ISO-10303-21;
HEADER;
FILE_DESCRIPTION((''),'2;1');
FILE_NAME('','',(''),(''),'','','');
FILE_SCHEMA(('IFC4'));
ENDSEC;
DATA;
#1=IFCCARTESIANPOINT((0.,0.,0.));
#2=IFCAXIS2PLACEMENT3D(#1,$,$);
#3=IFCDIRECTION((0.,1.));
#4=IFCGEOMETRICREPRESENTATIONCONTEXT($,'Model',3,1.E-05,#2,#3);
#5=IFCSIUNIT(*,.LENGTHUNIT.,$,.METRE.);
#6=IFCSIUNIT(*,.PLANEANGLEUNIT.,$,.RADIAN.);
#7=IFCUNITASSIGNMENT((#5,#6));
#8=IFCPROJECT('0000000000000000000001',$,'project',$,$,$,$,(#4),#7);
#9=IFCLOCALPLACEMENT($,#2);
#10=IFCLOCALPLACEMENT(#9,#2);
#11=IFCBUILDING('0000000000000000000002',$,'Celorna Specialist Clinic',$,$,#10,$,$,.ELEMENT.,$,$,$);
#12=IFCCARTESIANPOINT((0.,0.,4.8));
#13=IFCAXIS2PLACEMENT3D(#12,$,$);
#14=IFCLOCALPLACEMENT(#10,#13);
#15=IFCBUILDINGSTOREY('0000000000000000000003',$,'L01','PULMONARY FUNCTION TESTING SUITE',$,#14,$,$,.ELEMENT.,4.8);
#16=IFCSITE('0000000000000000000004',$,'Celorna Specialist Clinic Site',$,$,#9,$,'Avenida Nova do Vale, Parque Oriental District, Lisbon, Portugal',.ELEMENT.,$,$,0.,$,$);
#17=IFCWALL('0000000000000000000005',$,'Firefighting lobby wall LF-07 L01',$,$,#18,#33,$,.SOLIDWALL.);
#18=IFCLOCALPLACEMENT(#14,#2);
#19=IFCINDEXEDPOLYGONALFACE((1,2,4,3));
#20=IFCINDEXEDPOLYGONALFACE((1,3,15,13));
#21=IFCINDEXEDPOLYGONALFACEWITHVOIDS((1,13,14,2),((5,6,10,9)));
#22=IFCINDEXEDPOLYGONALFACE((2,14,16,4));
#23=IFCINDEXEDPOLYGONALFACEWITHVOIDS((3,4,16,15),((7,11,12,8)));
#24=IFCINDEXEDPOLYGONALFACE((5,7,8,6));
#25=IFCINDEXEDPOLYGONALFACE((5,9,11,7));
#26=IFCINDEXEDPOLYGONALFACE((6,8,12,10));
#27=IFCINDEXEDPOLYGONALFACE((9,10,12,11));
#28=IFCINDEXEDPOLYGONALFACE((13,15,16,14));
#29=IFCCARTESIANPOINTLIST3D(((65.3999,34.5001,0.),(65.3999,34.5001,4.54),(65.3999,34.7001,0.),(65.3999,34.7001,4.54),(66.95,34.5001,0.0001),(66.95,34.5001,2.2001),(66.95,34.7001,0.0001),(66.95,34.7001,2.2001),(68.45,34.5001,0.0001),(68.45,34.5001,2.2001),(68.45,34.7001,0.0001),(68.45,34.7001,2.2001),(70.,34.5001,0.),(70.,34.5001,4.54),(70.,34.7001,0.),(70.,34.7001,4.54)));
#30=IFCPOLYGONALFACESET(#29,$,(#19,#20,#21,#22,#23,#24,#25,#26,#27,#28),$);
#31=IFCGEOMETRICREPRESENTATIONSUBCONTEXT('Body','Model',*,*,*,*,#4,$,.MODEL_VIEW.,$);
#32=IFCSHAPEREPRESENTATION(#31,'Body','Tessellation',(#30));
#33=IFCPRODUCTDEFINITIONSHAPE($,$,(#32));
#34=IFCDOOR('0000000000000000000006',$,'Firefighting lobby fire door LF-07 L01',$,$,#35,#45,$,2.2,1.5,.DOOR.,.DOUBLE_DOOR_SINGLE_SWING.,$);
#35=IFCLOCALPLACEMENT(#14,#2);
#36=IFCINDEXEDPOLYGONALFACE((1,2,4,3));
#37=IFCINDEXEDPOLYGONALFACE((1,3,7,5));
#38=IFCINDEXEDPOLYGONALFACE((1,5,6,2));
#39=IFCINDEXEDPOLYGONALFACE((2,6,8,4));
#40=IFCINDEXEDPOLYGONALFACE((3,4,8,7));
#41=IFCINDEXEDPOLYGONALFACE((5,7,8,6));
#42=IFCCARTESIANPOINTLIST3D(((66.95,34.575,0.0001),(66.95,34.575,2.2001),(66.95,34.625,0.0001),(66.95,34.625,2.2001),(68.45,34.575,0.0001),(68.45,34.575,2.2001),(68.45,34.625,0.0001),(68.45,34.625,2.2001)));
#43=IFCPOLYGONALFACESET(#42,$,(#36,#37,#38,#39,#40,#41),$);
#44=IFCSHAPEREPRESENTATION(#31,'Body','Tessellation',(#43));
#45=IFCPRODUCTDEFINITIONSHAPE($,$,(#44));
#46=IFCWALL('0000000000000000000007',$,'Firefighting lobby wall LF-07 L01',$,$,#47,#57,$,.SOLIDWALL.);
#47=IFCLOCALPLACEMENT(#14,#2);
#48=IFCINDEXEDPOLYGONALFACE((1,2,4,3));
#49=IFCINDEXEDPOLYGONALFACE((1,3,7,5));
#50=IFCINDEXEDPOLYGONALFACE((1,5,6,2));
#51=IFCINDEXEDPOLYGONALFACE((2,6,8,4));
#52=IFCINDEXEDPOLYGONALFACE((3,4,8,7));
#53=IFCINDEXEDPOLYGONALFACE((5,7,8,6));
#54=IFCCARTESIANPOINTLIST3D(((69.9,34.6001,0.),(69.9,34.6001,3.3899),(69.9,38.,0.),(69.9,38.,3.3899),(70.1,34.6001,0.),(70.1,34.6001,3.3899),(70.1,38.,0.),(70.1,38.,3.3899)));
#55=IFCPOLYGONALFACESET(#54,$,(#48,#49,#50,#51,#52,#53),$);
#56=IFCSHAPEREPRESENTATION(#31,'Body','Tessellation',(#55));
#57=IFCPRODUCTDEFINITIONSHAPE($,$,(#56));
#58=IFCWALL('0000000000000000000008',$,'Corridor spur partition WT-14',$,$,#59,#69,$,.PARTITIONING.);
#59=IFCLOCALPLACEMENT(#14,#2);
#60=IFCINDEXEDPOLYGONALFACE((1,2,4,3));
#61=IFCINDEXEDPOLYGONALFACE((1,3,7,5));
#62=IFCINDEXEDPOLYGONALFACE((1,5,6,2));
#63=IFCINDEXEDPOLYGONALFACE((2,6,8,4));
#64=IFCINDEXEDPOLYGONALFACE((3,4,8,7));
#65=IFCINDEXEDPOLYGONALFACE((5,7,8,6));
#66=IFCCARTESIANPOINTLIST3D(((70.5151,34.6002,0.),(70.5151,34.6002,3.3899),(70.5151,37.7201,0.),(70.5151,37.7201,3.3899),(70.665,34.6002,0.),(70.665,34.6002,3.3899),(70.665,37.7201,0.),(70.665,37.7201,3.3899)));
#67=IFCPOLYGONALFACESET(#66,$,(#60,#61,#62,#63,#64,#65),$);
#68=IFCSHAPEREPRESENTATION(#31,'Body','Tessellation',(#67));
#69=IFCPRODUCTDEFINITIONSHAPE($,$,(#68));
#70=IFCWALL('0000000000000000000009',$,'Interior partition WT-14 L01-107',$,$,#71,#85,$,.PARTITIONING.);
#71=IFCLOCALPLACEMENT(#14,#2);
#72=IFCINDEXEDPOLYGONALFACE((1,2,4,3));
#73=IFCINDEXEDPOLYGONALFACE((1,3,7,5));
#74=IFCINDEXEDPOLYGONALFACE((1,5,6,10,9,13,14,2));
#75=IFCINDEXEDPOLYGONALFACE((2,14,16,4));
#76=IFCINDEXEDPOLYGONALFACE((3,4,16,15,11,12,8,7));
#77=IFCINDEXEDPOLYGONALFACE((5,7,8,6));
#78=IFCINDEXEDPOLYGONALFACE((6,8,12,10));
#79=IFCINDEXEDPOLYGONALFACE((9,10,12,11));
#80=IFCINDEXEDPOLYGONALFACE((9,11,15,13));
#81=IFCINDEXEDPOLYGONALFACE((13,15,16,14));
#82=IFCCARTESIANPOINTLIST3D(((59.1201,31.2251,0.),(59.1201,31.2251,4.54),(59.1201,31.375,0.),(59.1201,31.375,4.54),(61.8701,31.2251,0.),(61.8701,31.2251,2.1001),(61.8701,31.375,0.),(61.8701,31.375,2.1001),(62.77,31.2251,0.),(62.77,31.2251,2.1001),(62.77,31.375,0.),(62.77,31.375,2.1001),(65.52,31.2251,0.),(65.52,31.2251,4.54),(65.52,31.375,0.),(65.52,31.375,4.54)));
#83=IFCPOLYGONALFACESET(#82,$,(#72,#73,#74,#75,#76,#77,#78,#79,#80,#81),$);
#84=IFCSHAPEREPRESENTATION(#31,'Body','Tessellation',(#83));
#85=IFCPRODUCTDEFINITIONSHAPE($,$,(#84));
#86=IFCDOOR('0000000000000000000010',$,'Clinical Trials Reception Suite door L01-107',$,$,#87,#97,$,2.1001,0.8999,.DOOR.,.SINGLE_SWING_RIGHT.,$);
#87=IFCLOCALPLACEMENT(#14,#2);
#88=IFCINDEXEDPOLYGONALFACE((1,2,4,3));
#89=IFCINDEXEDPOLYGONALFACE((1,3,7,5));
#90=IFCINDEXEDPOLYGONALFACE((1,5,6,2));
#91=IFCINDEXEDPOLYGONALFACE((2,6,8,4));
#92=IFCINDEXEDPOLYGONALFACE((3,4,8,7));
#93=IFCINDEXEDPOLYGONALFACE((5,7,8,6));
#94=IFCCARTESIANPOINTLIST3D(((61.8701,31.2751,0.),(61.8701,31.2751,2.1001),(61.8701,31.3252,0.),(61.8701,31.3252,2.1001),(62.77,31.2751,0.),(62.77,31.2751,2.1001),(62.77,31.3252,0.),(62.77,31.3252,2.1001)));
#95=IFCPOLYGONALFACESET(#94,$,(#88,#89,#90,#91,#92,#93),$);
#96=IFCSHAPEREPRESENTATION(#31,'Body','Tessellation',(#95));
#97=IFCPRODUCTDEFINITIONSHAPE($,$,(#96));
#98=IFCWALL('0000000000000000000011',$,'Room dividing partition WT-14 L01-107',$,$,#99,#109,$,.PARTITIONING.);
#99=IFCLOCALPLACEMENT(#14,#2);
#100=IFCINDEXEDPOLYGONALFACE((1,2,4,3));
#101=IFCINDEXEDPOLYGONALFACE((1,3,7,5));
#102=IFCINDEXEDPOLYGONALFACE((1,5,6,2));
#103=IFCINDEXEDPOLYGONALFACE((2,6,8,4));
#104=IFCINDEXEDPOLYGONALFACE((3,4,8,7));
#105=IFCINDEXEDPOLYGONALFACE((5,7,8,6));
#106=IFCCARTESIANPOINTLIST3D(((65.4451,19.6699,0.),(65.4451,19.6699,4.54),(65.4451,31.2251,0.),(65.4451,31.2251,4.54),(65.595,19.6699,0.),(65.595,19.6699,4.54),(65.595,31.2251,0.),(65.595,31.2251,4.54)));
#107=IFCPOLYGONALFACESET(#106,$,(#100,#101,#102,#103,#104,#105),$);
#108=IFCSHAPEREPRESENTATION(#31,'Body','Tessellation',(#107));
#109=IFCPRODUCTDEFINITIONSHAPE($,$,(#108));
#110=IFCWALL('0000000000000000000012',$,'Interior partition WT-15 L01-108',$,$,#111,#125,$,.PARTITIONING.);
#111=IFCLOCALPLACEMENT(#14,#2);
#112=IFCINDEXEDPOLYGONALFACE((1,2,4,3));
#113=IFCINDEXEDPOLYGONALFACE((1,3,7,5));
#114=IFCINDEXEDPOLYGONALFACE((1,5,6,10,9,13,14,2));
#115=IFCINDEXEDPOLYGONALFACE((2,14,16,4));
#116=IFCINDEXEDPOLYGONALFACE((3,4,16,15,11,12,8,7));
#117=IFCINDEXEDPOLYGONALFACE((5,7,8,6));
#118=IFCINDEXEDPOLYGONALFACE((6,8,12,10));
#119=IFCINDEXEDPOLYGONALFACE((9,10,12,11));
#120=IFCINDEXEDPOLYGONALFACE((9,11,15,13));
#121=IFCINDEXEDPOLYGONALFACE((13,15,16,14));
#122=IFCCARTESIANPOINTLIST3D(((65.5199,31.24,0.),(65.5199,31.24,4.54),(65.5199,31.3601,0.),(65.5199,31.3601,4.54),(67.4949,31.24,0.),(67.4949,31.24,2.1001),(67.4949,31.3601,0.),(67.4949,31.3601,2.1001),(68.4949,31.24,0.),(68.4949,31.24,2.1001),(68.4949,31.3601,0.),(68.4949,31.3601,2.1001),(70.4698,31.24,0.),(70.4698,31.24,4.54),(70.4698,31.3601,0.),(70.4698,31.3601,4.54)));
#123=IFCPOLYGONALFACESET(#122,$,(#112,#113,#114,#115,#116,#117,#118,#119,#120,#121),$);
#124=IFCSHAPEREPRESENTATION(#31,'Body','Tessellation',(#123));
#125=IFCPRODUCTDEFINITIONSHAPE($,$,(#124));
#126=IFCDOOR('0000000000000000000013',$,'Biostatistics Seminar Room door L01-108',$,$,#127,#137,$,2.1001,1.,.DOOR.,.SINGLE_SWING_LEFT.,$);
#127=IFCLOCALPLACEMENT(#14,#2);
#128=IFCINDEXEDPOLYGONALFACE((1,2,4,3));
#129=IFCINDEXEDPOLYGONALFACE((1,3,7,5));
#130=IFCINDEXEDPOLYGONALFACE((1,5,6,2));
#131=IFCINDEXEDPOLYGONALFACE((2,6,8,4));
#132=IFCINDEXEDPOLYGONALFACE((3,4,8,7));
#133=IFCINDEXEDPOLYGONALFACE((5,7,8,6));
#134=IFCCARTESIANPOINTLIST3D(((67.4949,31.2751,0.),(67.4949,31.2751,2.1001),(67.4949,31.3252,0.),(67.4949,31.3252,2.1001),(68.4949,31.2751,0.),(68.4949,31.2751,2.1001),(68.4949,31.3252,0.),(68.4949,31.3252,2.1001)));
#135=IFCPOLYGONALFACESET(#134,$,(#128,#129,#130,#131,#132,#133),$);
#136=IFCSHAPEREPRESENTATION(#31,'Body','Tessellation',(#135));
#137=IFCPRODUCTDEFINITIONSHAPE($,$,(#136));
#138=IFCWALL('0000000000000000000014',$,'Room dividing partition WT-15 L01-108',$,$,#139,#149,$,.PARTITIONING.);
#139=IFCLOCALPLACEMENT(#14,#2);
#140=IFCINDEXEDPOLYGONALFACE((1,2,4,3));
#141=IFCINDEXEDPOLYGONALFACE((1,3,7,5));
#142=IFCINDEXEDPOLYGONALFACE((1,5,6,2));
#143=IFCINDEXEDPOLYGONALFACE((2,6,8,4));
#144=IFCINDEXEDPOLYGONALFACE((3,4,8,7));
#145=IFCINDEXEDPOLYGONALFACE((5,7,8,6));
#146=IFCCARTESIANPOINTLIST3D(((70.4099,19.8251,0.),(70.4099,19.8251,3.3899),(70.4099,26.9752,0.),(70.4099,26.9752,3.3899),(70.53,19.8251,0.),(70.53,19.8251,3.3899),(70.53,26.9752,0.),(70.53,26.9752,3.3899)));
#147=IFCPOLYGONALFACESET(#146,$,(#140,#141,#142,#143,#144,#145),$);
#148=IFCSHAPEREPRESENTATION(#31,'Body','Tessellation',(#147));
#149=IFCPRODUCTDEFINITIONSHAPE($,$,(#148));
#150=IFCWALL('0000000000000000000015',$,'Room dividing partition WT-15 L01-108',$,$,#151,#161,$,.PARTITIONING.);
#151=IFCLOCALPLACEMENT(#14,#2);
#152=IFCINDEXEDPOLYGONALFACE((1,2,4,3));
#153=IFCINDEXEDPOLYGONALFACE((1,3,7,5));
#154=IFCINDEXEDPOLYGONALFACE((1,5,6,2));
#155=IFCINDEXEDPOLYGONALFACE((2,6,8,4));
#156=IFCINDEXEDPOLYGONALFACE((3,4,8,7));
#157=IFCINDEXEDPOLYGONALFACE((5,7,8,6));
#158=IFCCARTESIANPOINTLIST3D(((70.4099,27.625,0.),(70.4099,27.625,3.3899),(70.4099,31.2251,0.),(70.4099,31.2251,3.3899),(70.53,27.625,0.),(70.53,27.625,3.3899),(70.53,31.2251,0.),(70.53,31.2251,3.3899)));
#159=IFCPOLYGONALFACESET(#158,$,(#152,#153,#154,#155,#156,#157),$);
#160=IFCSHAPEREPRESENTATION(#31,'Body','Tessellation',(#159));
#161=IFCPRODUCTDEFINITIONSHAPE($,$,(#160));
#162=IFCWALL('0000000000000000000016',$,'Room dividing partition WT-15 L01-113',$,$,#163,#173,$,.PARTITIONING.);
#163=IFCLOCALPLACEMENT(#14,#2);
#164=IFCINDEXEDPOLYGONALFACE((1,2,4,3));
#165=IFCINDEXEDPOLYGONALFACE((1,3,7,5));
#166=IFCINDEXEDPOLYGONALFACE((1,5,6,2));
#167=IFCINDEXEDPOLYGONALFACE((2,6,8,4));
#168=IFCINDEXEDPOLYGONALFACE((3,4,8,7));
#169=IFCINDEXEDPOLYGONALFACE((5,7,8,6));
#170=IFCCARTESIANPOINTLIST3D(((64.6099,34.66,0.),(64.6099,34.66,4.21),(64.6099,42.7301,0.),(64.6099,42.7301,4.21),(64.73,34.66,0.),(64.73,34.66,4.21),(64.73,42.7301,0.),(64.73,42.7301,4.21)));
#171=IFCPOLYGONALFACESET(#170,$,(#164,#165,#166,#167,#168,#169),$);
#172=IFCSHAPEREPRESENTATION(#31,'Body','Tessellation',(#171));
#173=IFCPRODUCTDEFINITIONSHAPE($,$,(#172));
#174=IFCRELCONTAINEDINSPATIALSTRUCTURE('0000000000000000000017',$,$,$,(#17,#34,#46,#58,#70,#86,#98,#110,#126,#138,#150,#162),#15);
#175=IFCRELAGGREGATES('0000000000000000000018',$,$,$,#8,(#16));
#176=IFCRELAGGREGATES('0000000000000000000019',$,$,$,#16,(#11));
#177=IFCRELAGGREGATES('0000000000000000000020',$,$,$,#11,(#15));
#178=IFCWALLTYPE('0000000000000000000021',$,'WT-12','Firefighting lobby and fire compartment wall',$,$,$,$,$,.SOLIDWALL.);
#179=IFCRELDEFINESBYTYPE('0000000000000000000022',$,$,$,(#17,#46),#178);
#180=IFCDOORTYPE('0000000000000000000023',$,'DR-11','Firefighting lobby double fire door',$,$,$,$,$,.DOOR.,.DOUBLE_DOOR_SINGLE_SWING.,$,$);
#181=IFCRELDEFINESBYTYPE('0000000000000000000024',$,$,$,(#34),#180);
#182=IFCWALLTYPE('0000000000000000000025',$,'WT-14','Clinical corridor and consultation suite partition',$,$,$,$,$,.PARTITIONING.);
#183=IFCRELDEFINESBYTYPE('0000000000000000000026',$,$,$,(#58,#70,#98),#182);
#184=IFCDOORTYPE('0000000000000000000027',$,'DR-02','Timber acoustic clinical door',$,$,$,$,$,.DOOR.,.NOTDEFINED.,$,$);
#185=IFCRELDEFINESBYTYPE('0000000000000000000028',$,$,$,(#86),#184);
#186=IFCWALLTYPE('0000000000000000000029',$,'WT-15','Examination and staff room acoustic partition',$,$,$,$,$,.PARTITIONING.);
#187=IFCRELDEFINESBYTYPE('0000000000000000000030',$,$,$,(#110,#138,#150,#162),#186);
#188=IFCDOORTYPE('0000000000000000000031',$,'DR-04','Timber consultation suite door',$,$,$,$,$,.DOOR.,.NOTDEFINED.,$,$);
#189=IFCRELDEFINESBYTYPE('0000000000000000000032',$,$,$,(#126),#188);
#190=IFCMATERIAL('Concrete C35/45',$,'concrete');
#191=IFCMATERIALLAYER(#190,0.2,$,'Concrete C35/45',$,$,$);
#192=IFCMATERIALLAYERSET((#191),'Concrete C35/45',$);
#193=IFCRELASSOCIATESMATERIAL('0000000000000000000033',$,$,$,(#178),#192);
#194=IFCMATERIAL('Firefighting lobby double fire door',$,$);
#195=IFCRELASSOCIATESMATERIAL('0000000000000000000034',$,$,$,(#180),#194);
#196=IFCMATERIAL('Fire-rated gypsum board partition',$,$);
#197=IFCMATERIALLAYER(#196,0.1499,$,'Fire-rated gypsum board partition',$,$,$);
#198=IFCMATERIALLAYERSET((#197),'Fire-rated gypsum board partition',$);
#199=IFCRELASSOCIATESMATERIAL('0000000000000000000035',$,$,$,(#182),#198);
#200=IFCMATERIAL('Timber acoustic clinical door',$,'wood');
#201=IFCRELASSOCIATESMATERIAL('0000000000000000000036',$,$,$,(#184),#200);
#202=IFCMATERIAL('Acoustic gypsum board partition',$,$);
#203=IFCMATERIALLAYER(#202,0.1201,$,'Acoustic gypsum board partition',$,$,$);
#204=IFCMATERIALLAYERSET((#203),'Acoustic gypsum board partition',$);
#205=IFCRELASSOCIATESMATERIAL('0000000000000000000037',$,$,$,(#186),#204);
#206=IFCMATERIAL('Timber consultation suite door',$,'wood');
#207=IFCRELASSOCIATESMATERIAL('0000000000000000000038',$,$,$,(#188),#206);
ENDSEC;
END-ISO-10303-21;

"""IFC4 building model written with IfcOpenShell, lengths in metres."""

from ifc_helpers import new_model, si_unit, direction, frame, frame_2d, origin, place, context, subcontext, project, spatial, rectangle, extrude, material, layer, layer_set, type_object, element, fill, save


model = new_model("IFC4")

# Units and contexts
model_context = context("Model", 3, precision=1e-05, world=origin(), true_north=direction((0.0, 1.0)))
body_context = subcontext(model_context, "Body", "Model", "MODEL_VIEW")
ifc_project = project(units=[si_unit("LENGTHUNIT", "METRE"), si_unit("PLANEANGLEUNIT", "RADIAN")], contexts=[model_context])

# Site, building, storey
site_placement = place(None, origin())
site = spatial("IfcSite", under=ifc_project, at=site_placement, Name="Celorna Specialist Clinic Site", LongName="Avenida Nova do Vale, Parque Oriental District, Lisbon, Portugal", CompositionType="ELEMENT", RefElevation=0.0)
building_placement = place(site_placement, origin())
building = spatial("IfcBuilding", under=site, at=building_placement, Name="Celorna Specialist Clinic", CompositionType="ELEMENT")
storey_placement = place(building_placement, frame((0.0, 0.0, 4.8)))
storey = spatial("IfcBuildingStorey", under=building, at=storey_placement, Name="L01", Description="PULMONARY FUNCTION TESTING SUITE", CompositionType="ELEMENT", Elevation=4.8)

# Wall, opening, door
ifc_material_1 = material(Name="Concrete C35/45", Category="concrete")
ifc_layer_1 = layer(ifc_material_1, 0.2, Name="Concrete C35/45")
ifc_layer_set_1 = layer_set([ifc_layer_1], Name="Concrete C35/45")
wall_type_1 = type_object("IfcWallType", Name="WT-12", Description="Firefighting lobby and fire compartment wall", PredefinedType="SOLIDWALL", material=ifc_layer_set_1)
wall_1_placement = place(storey_placement, frame((65.3999, 34.6001, 0.0), z_axis=(0.0, 0.0, 1.0), x_axis=(1.0, 0.0, 0.0)))
wall_1 = element("IfcWall", 1, at=wall_1_placement, inside=storey, type_object=wall_type_1, Name="Firefighting lobby wall LF-07 L01", PredefinedType="SOLIDWALL", context=body_context, shape_type="SweptSolid", body=[
    extrude(rectangle(XDim=4.6001, YDim=0.2, at=frame_2d((2.3, 0.0))), origin(), (0.0, 0.0, 1.0), 4.54),
])
opening_1_placement = place(wall_1_placement, frame((1.55, 0.0, 0.0)))
opening_1 = element("IfcOpeningElement", 2, at=opening_1_placement, cuts=wall_1, PredefinedType="OPENING", context=body_context, shape_type="SweptSolid", body=[
    extrude(rectangle(XDim=1.5, YDim=2.2, at=frame_2d((0.75, 1.1001))), frame((0.0, 0.1099, 0.0), z_axis=(0.0, -1.0, 0.0), x_axis=(1.0, 0.0, 0.0)), (0.0, 0.0, 1.0), 0.22),
])
ifc_material_2 = material(Name="Firefighting lobby double fire door")
door_type_1 = type_object("IfcDoorType", Name="DR-11", Description="Firefighting lobby double fire door", OperationType="DOUBLE_DOOR_SINGLE_SWING", PredefinedType="DOOR", material=ifc_material_2)
door_1_placement = place(opening_1_placement, origin())
door_1 = element("IfcDoor", 3, at=door_1_placement, inside=storey, type_object=door_type_1, Name="Firefighting lobby fire door LF-07 L01", OperationType="DOUBLE_DOOR_SINGLE_SWING", OverallHeight=2.2, OverallWidth=1.5, PredefinedType="DOOR", context=body_context, shape_type="SweptSolid", body=[
    extrude(rectangle(XDim=1.5, YDim=2.2, at=frame_2d((0.75, 1.1001))), frame((0.0, 0.0249, 0.0), z_axis=(0.0, -1.0, 0.0), x_axis=(1.0, 0.0, 0.0)), (0.0, 0.0, 1.0), 0.05),
])
fill(opening_1, door_1)

# Walls
wall_2_placement = place(storey_placement, frame((70.0, 34.6001, 0.0), z_axis=(0.0, 0.0, 1.0), x_axis=(0.0, 1.0, 0.0)))
element("IfcWall", 4, at=wall_2_placement, inside=storey, type_object=wall_type_1, Name="Firefighting lobby wall LF-07 L01", PredefinedType="SOLIDWALL", context=body_context, shape_type="SweptSolid", body=[
    extrude(rectangle(XDim=3.3999, YDim=0.2, at=frame_2d((1.7, 0.0))), origin(), (0.0, 0.0, 1.0), 3.3899),
])
ifc_material_3 = material(Name="Fire-rated gypsum board partition")
ifc_layer_2 = layer(ifc_material_3, 0.1499, Name="Fire-rated gypsum board partition")
ifc_layer_set_2 = layer_set([ifc_layer_2], Name="Fire-rated gypsum board partition")
wall_type_2 = type_object("IfcWallType", Name="WT-14", Description="Clinical corridor and consultation suite partition", PredefinedType="PARTITIONING", material=ifc_layer_set_2)
wall_3_placement = place(storey_placement, frame((70.5901, 34.6001, 0.0), z_axis=(0.0, 0.0, 1.0), x_axis=(0.0, 1.0, 0.0)))
element("IfcWall", 5, at=wall_3_placement, inside=storey, type_object=wall_type_2, Name="Corridor spur partition WT-14", PredefinedType="PARTITIONING", context=body_context, shape_type="SweptSolid", body=[
    extrude(rectangle(XDim=3.1199, YDim=0.1499, at=frame_2d((1.5601, 0.0))), origin(), (0.0, 0.0, 1.0), 3.3899),
])

# Wall, opening, door
wall_4_placement = place(storey_placement, frame((65.52, 31.3, 0.0), z_axis=(0.0, 0.0, 1.0), x_axis=(-1.0, 0.0, 0.0)))
wall_4 = element("IfcWall", 6, at=wall_4_placement, inside=storey, type_object=wall_type_2, Name="Interior partition WT-14 L01-107", PredefinedType="PARTITIONING", context=body_context, shape_type="SweptSolid", body=[
    extrude(rectangle(XDim=6.3999, YDim=0.1499, at=frame_2d((3.2, 0.0))), origin(), (0.0, 0.0, 1.0), 4.54),
])
opening_2_placement = place(wall_4_placement, frame((2.75, 0.0, 0.0)))
opening_2 = element("IfcOpeningElement", 7, at=opening_2_placement, cuts=wall_4, PredefinedType="OPENING", context=body_context, shape_type="SweptSolid", body=[
    extrude(rectangle(XDim=0.8999, YDim=2.1001, at=frame_2d((0.45, 1.05))), frame((0.0, 0.085, 0.0), z_axis=(0.0, -1.0, 0.0), x_axis=(1.0, 0.0, 0.0)), (0.0, 0.0, 1.0), 0.1699),
])
ifc_material_4 = material(Name="Timber acoustic clinical door", Category="wood")
door_type_2 = type_object("IfcDoorType", Name="DR-02", Description="Timber acoustic clinical door", OperationType="NOTDEFINED", PredefinedType="DOOR", material=ifc_material_4)
door_2_placement = place(opening_2_placement, origin())
door_2 = element("IfcDoor", 8, at=door_2_placement, inside=storey, type_object=door_type_2, Name="Clinical Trials Reception Suite door L01-107", OperationType="SINGLE_SWING_RIGHT", OverallHeight=2.1001, OverallWidth=0.8999, PredefinedType="DOOR", context=body_context, shape_type="SweptSolid", body=[
    extrude(rectangle(XDim=0.8999, YDim=2.1001, at=frame_2d((0.45, 1.05))), frame((0.0, 0.0249, 0.0), z_axis=(0.0, -1.0, 0.0), x_axis=(1.0, 0.0, 0.0)), (0.0, 0.0, 1.0), 0.05),
])
fill(opening_2, door_2)

# Wall
wall_5_placement = place(storey_placement, frame((65.52, 19.6699, 0.0), z_axis=(0.0, 0.0, 1.0), x_axis=(0.0, 1.0, 0.0)))
element("IfcWall", 9, at=wall_5_placement, inside=storey, type_object=wall_type_2, Name="Room dividing partition WT-14 L01-107", PredefinedType="PARTITIONING", context=body_context, shape_type="SweptSolid", body=[
    extrude(rectangle(XDim=11.5552, YDim=0.1499, at=frame_2d((5.7776, 0.0))), origin(), (0.0, 0.0, 1.0), 4.54),
])

# Wall, opening, door
ifc_material_5 = material(Name="Acoustic gypsum board partition")
ifc_layer_3 = layer(ifc_material_5, 0.1201, Name="Acoustic gypsum board partition")
ifc_layer_set_3 = layer_set([ifc_layer_3], Name="Acoustic gypsum board partition")
wall_type_3 = type_object("IfcWallType", Name="WT-15", Description="Examination and staff room acoustic partition", PredefinedType="PARTITIONING", material=ifc_layer_set_3)
wall_6_placement = place(storey_placement, frame((70.47, 31.3, 0.0), z_axis=(0.0, 0.0, 1.0), x_axis=(-1.0, 0.0, 0.0)))
wall_6 = element("IfcWall", 10, at=wall_6_placement, inside=storey, type_object=wall_type_3, Name="Interior partition WT-15 L01-108", PredefinedType="PARTITIONING", context=body_context, shape_type="SweptSolid", body=[
    extrude(rectangle(XDim=4.95, YDim=0.1201, at=frame_2d((2.4751, 0.0))), origin(), (0.0, 0.0, 1.0), 4.54),
])
opening_3_placement = place(wall_6_placement, frame((1.9751, 0.0, 0.0)))
opening_3 = element("IfcOpeningElement", 11, at=opening_3_placement, cuts=wall_6, PredefinedType="OPENING", context=body_context, shape_type="SweptSolid", body=[
    extrude(rectangle(XDim=1.0, YDim=2.1001, at=frame_2d((0.5, 1.05))), frame((0.0, 0.0701, 0.0), z_axis=(0.0, -1.0, 0.0), x_axis=(1.0, 0.0, 0.0)), (0.0, 0.0, 1.0), 0.1401),
])
ifc_material_6 = material(Name="Timber consultation suite door", Category="wood")
door_type_3 = type_object("IfcDoorType", Name="DR-04", Description="Timber consultation suite door", OperationType="NOTDEFINED", PredefinedType="DOOR", material=ifc_material_6)
door_3_placement = place(opening_3_placement, origin())
door_3 = element("IfcDoor", 12, at=door_3_placement, inside=storey, type_object=door_type_3, Name="Biostatistics Seminar Room door L01-108", OperationType="SINGLE_SWING_LEFT", OverallHeight=2.1001, OverallWidth=1.0, PredefinedType="DOOR", context=body_context, shape_type="SweptSolid", body=[
    extrude(rectangle(XDim=1.0, YDim=2.1001, at=frame_2d((0.5, 1.05))), frame((0.0, 0.0249, 0.0), z_axis=(0.0, -1.0, 0.0), x_axis=(1.0, 0.0, 0.0)), (0.0, 0.0, 1.0), 0.05),
])
fill(opening_3, door_3)

# Walls
wall_7_placement = place(storey_placement, frame((70.47, 19.825, 0.0), z_axis=(0.0, 0.0, 1.0), x_axis=(0.0, 1.0, 0.0)))
element("IfcWall", 13, at=wall_7_placement, inside=storey, type_object=wall_type_3, Name="Room dividing partition WT-15 L01-108", PredefinedType="PARTITIONING", context=body_context, shape_type="SweptSolid", body=[
    extrude(rectangle(XDim=7.1501, YDim=0.1201, at=frame_2d((3.5752, 0.0))), origin(), (0.0, 0.0, 1.0), 3.3899),
])
wall_8_placement = place(storey_placement, frame((70.47, 27.625, 0.0), z_axis=(0.0, 0.0, 1.0), x_axis=(0.0, 1.0, 0.0)))
element("IfcWall", 14, at=wall_8_placement, inside=storey, type_object=wall_type_3, Name="Room dividing partition WT-15 L01-108", PredefinedType="PARTITIONING", context=body_context, shape_type="SweptSolid", body=[
    extrude(rectangle(XDim=3.6001, YDim=0.1201, at=frame_2d((1.8, 0.0))), origin(), (0.0, 0.0, 1.0), 3.3899),
])
wall_9_placement = place(storey_placement, frame((64.6699, 34.6599, 0.0), z_axis=(0.0, 0.0, 1.0), x_axis=(0.0, 1.0, 0.0)))
element("IfcWall", 15, at=wall_9_placement, inside=storey, type_object=wall_type_3, Name="Room dividing partition WT-15 L01-113", PredefinedType="PARTITIONING", context=body_context, shape_type="SweptSolid", body=[
    extrude(rectangle(XDim=8.0701, YDim=0.1201, at=frame_2d((4.0352, 0.0))), origin(), (0.0, 0.0, 1.0), 4.21),
])

save(model, "model.ifc")
